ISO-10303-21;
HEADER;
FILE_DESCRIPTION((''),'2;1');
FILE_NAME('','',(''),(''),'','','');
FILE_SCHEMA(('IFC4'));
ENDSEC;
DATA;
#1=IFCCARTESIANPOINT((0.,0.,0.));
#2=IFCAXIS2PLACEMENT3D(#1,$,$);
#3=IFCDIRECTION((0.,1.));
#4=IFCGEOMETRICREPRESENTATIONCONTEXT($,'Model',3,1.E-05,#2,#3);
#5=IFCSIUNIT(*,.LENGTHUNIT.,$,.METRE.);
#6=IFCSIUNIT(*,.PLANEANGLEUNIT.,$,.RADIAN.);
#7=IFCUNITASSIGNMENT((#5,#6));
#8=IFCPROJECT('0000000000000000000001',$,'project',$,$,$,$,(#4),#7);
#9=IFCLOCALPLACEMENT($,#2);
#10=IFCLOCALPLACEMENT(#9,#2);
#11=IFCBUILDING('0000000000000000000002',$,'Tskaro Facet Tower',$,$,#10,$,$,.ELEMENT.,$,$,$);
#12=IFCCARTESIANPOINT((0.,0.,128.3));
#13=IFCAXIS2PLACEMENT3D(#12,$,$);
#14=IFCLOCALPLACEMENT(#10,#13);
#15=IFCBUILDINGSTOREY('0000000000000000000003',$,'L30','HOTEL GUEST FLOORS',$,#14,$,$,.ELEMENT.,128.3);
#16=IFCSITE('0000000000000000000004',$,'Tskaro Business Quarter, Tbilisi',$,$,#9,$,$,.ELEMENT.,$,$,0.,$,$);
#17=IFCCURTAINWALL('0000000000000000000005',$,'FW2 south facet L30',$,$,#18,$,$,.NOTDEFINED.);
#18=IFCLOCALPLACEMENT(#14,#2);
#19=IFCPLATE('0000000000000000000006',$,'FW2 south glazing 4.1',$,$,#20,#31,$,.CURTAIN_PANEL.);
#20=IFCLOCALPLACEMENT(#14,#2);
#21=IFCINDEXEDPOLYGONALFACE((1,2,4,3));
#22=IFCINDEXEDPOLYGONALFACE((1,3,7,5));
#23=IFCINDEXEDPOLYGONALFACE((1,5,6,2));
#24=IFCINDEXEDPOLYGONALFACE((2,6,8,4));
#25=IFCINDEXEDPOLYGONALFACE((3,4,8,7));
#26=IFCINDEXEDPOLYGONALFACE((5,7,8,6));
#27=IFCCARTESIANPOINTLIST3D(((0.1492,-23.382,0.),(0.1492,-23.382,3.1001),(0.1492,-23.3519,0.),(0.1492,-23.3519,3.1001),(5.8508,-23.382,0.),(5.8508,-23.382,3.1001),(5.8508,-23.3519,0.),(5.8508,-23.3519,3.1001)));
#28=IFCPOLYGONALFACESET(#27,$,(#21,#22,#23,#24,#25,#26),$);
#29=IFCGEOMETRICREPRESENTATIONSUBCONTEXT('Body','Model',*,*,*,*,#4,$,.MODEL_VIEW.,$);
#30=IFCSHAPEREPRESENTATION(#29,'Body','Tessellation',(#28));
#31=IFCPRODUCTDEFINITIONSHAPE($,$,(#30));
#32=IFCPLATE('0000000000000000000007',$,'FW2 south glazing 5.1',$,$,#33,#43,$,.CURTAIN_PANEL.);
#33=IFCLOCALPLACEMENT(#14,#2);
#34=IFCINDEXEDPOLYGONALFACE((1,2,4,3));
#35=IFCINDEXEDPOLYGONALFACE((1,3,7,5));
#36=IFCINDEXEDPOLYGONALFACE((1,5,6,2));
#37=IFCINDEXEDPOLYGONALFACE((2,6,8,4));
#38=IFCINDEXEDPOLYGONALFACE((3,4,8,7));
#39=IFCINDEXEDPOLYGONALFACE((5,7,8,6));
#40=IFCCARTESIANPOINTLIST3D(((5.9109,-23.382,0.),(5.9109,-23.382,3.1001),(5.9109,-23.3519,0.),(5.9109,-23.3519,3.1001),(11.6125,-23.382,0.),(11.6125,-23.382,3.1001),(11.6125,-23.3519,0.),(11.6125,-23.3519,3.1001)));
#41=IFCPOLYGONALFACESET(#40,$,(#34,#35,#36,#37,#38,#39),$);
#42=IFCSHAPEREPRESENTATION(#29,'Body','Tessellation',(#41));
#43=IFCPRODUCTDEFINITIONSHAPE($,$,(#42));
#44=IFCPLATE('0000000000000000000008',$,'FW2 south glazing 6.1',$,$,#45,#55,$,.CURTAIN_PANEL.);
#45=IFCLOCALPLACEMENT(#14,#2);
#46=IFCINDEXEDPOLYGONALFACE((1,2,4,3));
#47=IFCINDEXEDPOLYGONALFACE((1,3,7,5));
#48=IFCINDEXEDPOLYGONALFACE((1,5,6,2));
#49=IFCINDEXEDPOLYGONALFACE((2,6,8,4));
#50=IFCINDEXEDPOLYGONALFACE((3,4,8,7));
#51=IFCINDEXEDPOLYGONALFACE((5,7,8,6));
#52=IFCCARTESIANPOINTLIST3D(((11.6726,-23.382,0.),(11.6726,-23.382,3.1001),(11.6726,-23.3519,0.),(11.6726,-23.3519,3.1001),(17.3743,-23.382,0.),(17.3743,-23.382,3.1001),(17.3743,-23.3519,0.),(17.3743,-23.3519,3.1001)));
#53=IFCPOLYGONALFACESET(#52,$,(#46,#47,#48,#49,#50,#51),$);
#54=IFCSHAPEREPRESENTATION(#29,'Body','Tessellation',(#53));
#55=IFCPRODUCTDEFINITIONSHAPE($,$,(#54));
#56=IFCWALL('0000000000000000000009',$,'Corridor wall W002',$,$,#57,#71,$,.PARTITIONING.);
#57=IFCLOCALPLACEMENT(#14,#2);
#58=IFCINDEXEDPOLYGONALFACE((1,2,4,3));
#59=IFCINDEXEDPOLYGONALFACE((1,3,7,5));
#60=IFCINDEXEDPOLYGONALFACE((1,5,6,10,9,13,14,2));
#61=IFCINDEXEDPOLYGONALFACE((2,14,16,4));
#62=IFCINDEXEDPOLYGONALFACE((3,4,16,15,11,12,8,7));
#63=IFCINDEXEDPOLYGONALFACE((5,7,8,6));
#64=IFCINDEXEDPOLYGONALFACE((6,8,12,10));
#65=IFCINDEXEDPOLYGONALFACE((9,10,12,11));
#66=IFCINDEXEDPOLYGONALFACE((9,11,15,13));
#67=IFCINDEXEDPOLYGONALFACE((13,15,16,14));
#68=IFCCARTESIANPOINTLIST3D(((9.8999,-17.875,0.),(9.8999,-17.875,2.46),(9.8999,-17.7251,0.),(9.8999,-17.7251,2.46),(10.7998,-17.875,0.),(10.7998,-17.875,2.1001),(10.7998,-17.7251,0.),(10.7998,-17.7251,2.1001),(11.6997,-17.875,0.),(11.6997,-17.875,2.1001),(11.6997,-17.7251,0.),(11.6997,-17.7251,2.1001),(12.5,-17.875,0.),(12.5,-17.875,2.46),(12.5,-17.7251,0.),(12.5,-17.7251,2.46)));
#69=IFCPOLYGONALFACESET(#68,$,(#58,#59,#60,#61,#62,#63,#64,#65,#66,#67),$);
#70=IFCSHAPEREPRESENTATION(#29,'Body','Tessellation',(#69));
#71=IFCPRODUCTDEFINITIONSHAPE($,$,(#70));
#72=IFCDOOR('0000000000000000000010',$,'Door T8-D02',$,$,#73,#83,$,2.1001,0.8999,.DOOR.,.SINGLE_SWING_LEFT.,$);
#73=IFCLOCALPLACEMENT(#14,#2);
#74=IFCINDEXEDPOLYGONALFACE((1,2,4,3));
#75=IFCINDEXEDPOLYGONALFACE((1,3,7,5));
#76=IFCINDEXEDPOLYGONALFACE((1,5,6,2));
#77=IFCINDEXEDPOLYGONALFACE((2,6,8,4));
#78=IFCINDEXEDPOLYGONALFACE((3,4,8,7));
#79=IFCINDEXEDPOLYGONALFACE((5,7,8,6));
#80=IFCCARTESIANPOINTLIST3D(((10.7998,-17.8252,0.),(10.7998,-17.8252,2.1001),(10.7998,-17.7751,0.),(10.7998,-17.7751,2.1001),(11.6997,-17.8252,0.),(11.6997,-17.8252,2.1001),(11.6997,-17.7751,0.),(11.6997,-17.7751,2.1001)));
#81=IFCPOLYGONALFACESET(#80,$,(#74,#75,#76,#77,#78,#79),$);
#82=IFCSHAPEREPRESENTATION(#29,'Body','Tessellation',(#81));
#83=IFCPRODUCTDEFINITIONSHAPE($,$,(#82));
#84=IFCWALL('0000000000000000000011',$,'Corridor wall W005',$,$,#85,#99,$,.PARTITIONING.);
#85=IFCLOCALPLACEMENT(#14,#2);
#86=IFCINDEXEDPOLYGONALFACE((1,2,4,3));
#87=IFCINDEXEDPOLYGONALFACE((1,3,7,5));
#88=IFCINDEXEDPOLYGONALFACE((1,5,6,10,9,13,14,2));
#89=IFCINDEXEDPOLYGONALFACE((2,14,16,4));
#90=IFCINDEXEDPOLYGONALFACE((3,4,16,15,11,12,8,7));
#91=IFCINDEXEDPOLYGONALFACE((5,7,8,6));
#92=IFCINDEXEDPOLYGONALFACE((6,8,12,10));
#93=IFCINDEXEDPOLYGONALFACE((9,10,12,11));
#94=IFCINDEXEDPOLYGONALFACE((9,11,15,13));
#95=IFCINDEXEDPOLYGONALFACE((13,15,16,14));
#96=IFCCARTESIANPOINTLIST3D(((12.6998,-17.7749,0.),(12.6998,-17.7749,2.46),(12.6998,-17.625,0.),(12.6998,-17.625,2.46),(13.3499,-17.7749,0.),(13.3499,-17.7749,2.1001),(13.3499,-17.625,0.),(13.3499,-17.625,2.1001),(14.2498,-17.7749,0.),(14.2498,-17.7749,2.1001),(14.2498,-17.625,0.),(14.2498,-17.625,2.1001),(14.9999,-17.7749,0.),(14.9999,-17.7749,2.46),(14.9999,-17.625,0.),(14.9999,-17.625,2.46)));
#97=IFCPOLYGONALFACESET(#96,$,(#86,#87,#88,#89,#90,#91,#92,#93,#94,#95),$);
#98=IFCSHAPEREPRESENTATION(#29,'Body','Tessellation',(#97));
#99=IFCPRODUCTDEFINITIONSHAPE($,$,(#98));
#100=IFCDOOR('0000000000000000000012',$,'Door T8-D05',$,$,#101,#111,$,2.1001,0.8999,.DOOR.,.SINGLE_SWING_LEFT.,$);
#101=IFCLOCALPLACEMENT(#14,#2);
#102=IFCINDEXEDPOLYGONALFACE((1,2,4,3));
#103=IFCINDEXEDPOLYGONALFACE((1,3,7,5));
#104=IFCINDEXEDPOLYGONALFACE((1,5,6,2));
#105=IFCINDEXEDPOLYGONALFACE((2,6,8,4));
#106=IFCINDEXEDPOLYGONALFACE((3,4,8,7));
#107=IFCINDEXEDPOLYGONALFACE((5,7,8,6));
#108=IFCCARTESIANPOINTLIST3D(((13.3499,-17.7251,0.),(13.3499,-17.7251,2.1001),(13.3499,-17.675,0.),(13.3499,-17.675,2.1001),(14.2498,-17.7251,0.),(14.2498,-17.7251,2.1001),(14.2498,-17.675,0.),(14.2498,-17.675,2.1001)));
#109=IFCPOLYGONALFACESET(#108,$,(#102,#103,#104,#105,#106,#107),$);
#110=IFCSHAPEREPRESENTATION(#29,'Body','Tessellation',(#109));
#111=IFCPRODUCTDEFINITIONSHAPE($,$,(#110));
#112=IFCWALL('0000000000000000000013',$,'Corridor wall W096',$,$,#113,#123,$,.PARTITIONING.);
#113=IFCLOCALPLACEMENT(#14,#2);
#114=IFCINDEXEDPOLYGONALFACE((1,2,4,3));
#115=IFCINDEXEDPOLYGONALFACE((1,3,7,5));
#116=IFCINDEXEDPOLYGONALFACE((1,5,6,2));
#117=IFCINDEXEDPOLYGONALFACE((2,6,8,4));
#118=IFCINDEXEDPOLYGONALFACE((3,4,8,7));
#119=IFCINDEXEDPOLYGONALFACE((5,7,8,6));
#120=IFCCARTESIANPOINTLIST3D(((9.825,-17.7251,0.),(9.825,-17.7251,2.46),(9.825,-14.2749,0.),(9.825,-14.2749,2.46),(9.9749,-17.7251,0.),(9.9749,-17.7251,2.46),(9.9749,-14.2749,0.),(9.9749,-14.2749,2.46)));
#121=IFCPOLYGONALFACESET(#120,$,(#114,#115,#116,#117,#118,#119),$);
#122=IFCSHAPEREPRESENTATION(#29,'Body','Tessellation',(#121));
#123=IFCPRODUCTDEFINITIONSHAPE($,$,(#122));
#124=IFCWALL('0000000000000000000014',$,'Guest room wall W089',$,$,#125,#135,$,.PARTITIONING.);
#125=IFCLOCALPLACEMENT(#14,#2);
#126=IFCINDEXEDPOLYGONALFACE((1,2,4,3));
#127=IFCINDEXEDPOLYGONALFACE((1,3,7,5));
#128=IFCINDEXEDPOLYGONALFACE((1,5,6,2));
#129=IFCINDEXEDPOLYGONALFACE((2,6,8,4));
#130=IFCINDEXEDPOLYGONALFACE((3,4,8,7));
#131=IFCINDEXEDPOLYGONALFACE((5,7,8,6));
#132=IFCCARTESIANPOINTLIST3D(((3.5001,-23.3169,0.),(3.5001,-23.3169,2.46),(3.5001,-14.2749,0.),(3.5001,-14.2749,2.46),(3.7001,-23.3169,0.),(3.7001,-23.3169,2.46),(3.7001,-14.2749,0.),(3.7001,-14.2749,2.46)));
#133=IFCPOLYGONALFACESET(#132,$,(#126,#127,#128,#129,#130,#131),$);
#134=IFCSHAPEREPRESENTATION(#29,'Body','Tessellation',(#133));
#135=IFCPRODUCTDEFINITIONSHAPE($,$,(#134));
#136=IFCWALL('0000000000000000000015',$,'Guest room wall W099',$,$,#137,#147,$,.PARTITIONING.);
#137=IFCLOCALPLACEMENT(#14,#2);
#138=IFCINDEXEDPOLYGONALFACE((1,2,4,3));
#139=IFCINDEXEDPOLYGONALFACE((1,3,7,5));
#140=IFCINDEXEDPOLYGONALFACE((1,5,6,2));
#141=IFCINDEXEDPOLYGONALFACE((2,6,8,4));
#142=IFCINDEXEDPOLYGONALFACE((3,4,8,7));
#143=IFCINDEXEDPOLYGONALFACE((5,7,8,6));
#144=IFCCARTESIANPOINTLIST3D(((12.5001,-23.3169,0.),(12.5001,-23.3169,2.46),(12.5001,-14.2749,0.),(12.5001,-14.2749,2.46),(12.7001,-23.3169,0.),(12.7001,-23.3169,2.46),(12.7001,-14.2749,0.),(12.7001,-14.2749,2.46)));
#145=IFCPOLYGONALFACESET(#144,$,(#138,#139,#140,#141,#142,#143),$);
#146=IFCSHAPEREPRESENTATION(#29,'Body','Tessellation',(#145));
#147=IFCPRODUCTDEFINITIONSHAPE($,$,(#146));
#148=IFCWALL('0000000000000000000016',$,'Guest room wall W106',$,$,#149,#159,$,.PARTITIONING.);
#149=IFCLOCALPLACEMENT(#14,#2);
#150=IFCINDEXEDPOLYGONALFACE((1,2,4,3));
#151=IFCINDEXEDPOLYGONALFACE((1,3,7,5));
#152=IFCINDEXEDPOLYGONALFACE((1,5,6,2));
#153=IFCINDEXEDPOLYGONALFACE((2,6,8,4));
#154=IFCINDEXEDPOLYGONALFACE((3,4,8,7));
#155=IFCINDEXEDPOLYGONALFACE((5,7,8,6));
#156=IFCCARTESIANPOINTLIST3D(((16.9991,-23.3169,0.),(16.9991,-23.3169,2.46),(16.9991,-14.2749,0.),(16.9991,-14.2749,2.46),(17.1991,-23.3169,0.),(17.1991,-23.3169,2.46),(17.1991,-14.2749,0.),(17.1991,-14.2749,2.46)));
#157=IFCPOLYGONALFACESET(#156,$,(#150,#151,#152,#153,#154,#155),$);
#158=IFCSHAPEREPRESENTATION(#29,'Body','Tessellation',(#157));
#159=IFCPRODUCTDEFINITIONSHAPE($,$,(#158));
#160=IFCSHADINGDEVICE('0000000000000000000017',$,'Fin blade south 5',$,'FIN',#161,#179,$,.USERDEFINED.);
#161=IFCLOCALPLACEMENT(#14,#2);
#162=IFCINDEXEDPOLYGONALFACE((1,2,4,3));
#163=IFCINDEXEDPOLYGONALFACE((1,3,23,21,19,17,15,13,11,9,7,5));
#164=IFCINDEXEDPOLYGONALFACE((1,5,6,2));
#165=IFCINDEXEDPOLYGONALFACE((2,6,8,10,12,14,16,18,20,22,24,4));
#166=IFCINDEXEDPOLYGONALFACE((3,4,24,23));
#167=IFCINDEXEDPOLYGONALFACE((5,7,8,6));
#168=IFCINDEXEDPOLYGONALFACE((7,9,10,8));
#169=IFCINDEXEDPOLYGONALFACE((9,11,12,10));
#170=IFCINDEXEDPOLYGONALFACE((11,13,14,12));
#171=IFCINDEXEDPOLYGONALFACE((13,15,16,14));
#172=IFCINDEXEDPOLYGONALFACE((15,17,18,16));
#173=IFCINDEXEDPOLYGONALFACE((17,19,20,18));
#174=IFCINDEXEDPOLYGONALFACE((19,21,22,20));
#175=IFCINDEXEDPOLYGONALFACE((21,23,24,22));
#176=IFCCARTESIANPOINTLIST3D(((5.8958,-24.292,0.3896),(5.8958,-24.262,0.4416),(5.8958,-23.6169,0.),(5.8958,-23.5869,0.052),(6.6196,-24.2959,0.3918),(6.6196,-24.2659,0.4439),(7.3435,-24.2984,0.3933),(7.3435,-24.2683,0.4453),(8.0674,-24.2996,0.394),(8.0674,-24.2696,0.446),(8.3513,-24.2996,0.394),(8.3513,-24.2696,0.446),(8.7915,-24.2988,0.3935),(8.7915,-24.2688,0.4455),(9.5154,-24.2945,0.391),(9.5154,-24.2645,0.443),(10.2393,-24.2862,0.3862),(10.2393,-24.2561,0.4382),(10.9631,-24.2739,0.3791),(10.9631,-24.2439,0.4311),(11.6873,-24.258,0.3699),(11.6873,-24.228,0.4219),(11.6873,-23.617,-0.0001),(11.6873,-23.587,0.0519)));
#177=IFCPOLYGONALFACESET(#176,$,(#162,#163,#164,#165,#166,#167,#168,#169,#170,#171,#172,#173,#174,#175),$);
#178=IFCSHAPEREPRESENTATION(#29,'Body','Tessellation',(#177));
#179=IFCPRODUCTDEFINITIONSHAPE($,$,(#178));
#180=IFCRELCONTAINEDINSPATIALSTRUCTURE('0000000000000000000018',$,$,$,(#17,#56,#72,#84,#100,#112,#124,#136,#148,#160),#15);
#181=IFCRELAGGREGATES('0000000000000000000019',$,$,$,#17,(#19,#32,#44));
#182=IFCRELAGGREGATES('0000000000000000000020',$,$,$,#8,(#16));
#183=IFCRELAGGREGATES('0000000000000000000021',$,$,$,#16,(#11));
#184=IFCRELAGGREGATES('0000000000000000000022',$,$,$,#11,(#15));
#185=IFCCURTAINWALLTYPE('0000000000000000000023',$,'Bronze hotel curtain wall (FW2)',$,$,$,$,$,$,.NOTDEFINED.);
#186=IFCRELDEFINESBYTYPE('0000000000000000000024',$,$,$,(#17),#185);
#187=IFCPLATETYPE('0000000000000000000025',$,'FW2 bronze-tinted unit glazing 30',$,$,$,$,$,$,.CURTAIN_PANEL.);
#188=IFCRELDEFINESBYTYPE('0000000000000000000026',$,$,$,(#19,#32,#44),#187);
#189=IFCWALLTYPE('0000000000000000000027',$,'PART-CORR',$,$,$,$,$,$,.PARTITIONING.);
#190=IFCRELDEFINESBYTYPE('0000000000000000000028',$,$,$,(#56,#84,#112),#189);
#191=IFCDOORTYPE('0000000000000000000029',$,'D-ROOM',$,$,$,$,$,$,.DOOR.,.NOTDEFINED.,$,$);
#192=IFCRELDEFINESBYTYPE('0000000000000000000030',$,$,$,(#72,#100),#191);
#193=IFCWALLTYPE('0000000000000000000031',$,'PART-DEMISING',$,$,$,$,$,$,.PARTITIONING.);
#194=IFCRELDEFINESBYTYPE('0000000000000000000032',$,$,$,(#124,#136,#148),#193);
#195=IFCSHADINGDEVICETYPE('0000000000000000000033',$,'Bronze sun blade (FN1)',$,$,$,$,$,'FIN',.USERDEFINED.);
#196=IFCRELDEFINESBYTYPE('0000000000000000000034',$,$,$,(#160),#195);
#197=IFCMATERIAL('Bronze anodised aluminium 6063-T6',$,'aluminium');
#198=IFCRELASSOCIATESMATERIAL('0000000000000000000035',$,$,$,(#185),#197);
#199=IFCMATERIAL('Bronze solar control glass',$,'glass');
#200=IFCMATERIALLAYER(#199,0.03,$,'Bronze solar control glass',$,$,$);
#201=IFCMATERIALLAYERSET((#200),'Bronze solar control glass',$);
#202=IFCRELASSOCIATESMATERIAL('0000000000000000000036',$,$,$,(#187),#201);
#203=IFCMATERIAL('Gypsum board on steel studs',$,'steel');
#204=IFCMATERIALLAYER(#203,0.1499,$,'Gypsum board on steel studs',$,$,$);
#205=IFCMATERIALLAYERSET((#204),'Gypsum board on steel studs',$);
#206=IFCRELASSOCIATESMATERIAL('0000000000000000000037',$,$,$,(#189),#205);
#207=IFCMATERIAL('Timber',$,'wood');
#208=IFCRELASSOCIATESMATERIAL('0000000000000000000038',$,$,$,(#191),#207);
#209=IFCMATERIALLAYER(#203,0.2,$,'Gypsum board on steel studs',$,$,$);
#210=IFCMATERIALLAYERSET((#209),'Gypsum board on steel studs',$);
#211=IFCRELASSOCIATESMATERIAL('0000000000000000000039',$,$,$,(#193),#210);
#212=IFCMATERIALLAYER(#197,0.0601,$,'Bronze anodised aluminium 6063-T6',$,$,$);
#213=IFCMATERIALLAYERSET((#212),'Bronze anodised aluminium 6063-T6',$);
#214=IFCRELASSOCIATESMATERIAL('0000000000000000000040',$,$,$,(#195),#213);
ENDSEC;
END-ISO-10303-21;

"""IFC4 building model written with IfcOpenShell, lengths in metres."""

from ifc_helpers import new_model, si_unit, direction, frame, frame_2d, origin, origin_2d, place, context, subcontext, project, spatial, polyline, rectangle, outline, extrude, material, layer, layer_set, type_object, element, fill, aggregate, save


model = new_model("IFC4")

# Units and contexts
model_context = context("Model", 3, precision=1e-05, world=origin(), true_north=direction((0.0, 1.0)))
body_context = subcontext(model_context, "Body", "Model", "MODEL_VIEW")
ifc_project = project(units=[si_unit("LENGTHUNIT", "METRE"), si_unit("PLANEANGLEUNIT", "RADIAN")], contexts=[model_context])

# Site, building, storey
site_placement = place(None, origin())
site = spatial("IfcSite", under=ifc_project, at=site_placement, Name="Tskaro Business Quarter, Tbilisi", CompositionType="ELEMENT", RefElevation=0.0)
building_placement = place(site_placement, origin())
building = spatial("IfcBuilding", under=site, at=building_placement, Name="Tskaro Facet Tower", CompositionType="ELEMENT")
storey_placement = place(building_placement, frame((0.0, 0.0, 128.3)))
storey = spatial("IfcBuildingStorey", under=building, at=storey_placement, Name="L30", Description="HOTEL GUEST FLOORS", CompositionType="ELEMENT", Elevation=128.3)

# Curtain wall
ifc_material_1 = material(Name="Bronze anodised aluminium 6063-T6", Category="aluminium")
curtain_wall_type = type_object("IfcCurtainWallType", Name="Bronze hotel curtain wall (FW2)", PredefinedType="NOTDEFINED", material=ifc_material_1)
curtain_wall_placement = place(storey_placement, origin())
curtain_wall = element("IfcCurtainWall", 1, at=curtain_wall_placement, inside=storey, type_object=curtain_wall_type, Name="FW2 south facet L30", PredefinedType="NOTDEFINED")

# Plates
ifc_material_2 = material(Name="Bronze solar control glass", Category="glass")
ifc_layer_1 = layer(ifc_material_2, 0.03, Name="Bronze solar control glass")
ifc_layer_set_1 = layer_set([ifc_layer_1], Name="Bronze solar control glass")
plate_type = type_object("IfcPlateType", Name="FW2 bronze-tinted unit glazing 30", PredefinedType="CURTAIN_PANEL", material=ifc_layer_set_1)
plate_1_placement = place(storey_placement, frame((3.0, -23.3669, 0.0), z_axis=(0.0, 0.0, 1.0), x_axis=(1.0, 0.0, 0.0)))
plate_1 = element("IfcPlate", 2, at=plate_1_placement, type_object=plate_type, Name="FW2 south glazing 4.1", PredefinedType="CURTAIN_PANEL", context=body_context, shape_type="SweptSolid", body=[
    extrude(rectangle(XDim=5.7017, YDim=0.03, at=origin_2d()), origin(), (0.0, 0.0, 1.0), 3.1001),
])
plate_2_placement = place(storey_placement, frame((8.7617, -23.3669, 0.0), z_axis=(0.0, 0.0, 1.0), x_axis=(1.0, 0.0, 0.0)))
plate_2 = element("IfcPlate", 3, at=plate_2_placement, type_object=plate_type, Name="FW2 south glazing 5.1", PredefinedType="CURTAIN_PANEL", context=body_context, shape_type="SweptSolid", body=[
    extrude(rectangle(XDim=5.7017, YDim=0.03, at=origin_2d()), origin(), (0.0, 0.0, 1.0), 3.1001),
])
plate_3_placement = place(storey_placement, frame((14.5234, -23.3669, 0.0), z_axis=(0.0, 0.0, 1.0), x_axis=(1.0, 0.0, 0.0)))
plate_3 = element("IfcPlate", 4, at=plate_3_placement, type_object=plate_type, Name="FW2 south glazing 6.1", PredefinedType="CURTAIN_PANEL", context=body_context, shape_type="SweptSolid", body=[
    extrude(rectangle(XDim=5.7017, YDim=0.03, at=origin_2d()), origin(), (0.0, 0.0, 1.0), 3.1001),
])
aggregate(curtain_wall, [plate_1, plate_2, plate_3])

# Walls, openings, doors
ifc_material_3 = material(Name="Gypsum board on steel studs", Category="steel")
ifc_layer_2 = layer(ifc_material_3, 0.1499, Name="Gypsum board on steel studs")
ifc_layer_set_2 = layer_set([ifc_layer_2], Name="Gypsum board on steel studs")
wall_type_1 = type_object("IfcWallType", Name="PART-CORR", PredefinedType="PARTITIONING", material=ifc_layer_set_2)
wall_1_placement = place(storey_placement, frame((9.8999, -17.8, 0.0), z_axis=(0.0, 0.0, 1.0), x_axis=(1.0, 0.0, 0.0)))
wall_1 = element("IfcWall", 5, at=wall_1_placement, inside=storey, type_object=wall_type_1, Name="Corridor wall W002", PredefinedType="PARTITIONING", context=body_context, shape_type="SweptSolid", body=[
    extrude(rectangle(XDim=2.6001, YDim=0.1499, at=frame_2d((1.3, 0.0))), origin(), (0.0, 0.0, 1.0), 2.46),
])
opening_1_placement = place(wall_1_placement, frame((0.8999, 0.0, 0.0)))
opening_1 = element("IfcOpeningElement", 6, at=opening_1_placement, cuts=wall_1, PredefinedType="OPENING", context=body_context, shape_type="SweptSolid", body=[
    extrude(rectangle(XDim=0.8999, YDim=2.1001, at=frame_2d((0.45, 1.05))), frame((0.0, 0.085, 0.0), z_axis=(0.0, -1.0, 0.0), x_axis=(1.0, 0.0, 0.0)), (0.0, 0.0, 1.0), 0.1699),
])
ifc_material_4 = material(Name="Timber", Category="wood")
door_type = type_object("IfcDoorType", Name="D-ROOM", OperationType="NOTDEFINED", PredefinedType="DOOR", material=ifc_material_4)
door_1_placement = place(opening_1_placement, origin())
door_1 = element("IfcDoor", 7, at=door_1_placement, inside=storey, type_object=door_type, Name="Door T8-D02", OperationType="SINGLE_SWING_LEFT", OverallHeight=2.1001, OverallWidth=0.8999, PredefinedType="DOOR", context=body_context, shape_type="SweptSolid", body=[
    extrude(rectangle(XDim=0.8999, YDim=2.1001, at=frame_2d((0.45, 1.05))), frame((0.0, 0.0249, 0.0), z_axis=(0.0, -1.0, 0.0), x_axis=(1.0, 0.0, 0.0)), (0.0, 0.0, 1.0), 0.05),
])
fill(opening_1, door_1)
wall_2_placement = place(storey_placement, frame((12.7, -17.7, 0.0), z_axis=(0.0, 0.0, 1.0), x_axis=(1.0, 0.0, 0.0)))
wall_2 = element("IfcWall", 8, at=wall_2_placement, inside=storey, type_object=wall_type_1, Name="Corridor wall W005", PredefinedType="PARTITIONING", context=body_context, shape_type="SweptSolid", body=[
    extrude(rectangle(XDim=2.3, YDim=0.1499, at=frame_2d((1.1499, 0.0))), origin(), (0.0, 0.0, 1.0), 2.46),
])
opening_2_placement = place(wall_2_placement, frame((0.6499, 0.0, 0.0)))
opening_2 = element("IfcOpeningElement", 9, at=opening_2_placement, cuts=wall_2, PredefinedType="OPENING", context=body_context, shape_type="SweptSolid", body=[
    extrude(rectangle(XDim=0.8999, YDim=2.1001, at=frame_2d((0.45, 1.05))), frame((0.0, 0.085, 0.0), z_axis=(0.0, -1.0, 0.0), x_axis=(1.0, 0.0, 0.0)), (0.0, 0.0, 1.0), 0.1699),
])
door_2_placement = place(opening_2_placement, origin())
door_2 = element("IfcDoor", 10, at=door_2_placement, inside=storey, type_object=door_type, Name="Door T8-D05", OperationType="SINGLE_SWING_LEFT", OverallHeight=2.1001, OverallWidth=0.8999, PredefinedType="DOOR", context=body_context, shape_type="SweptSolid", body=[
    extrude(rectangle(XDim=0.8999, YDim=2.1001, at=frame_2d((0.45, 1.05))), frame((0.0, 0.0249, 0.0), z_axis=(0.0, -1.0, 0.0), x_axis=(1.0, 0.0, 0.0)), (0.0, 0.0, 1.0), 0.05),
])
fill(opening_2, door_2)

# Walls
wall_3_placement = place(storey_placement, frame((9.8999, -17.7251, 0.0), z_axis=(0.0, 0.0, 1.0), x_axis=(0.0, 1.0, 0.0)))
element("IfcWall", 11, at=wall_3_placement, inside=storey, type_object=wall_type_1, Name="Corridor wall W096", PredefinedType="PARTITIONING", context=body_context, shape_type="SweptSolid", body=[
    extrude(rectangle(XDim=3.4502, YDim=0.1499, at=frame_2d((1.7251, 0.0))), origin(), (0.0, 0.0, 1.0), 2.46),
])
ifc_layer_3 = layer(ifc_material_3, 0.2, Name="Gypsum board on steel studs")
ifc_layer_set_3 = layer_set([ifc_layer_3], Name="Gypsum board on steel studs")
wall_type_2 = type_object("IfcWallType", Name="PART-DEMISING", PredefinedType="PARTITIONING", material=ifc_layer_set_3)
for number, where, z_axis, x_axis, name in (
    (12, (3.6001, -23.3169, 0.0), (0.0, 0.0, 1.0), (0.0, 1.0, 0.0), "Guest room wall W089"),
    (13, (12.6001, -23.3169, 0.0), (0.0, 0.0, 1.0), (0.0, 1.0, 0.0), "Guest room wall W099"),
    (14, (17.0991, -23.3169, 0.0), (0.0, 0.0, 1.0), (0.0, 1.0, 0.0), "Guest room wall W106"),
):
    element("IfcWall", number, at=place(storey_placement, frame(where, z_axis=z_axis, x_axis=x_axis)), inside=storey, type_object=wall_type_2, Name=name, PredefinedType="PARTITIONING", context=body_context, shape_type="SweptSolid", body=[
        extrude(rectangle(XDim=9.042, YDim=0.2, at=frame_2d((4.521, 0.0))), origin(), (0.0, 0.0, 1.0), 2.46),
    ])

# Shading device
ifc_layer_4 = layer(ifc_material_1, 0.0601, Name="Bronze anodised aluminium 6063-T6")
ifc_layer_set_4 = layer_set([ifc_layer_4], Name="Bronze anodised aluminium 6063-T6")
shading_device_type = type_object("IfcShadingDeviceType", Name="Bronze sun blade (FN1)", ElementType="FIN", PredefinedType="USERDEFINED", material=ifc_layer_set_4)
shading_device_1_placement = place(storey_placement, frame((5.8958, -23.5869, 0.052), z_axis=(0.000014, 0.499888, 0.86609), x_axis=(1.0, -0.000007, -0.000012)))
element("IfcShadingDevice", 15, at=shading_device_1_placement, inside=storey, type_object=shading_device_type, Name="Fin blade south 5", ObjectType="FIN", PredefinedType="USERDEFINED", context=body_context, shape_type="SweptSolid", body=[
    extrude(outline(polyline([(0.0, 0.0), (5.7915, 0.0), (5.7915, -0.7402), (5.0674, -0.7585), (4.3435, -0.7727), (3.6196, -0.7823), (2.8958, -0.7873), (2.4556, -0.7882), (2.1716, -0.7882), (1.4478, -0.7868), (0.7239, -0.7839), (0.0, -0.7794), (0.0, 0.0)])), origin(), (0.0, 0.0, -1.0), 0.0601),
])

save(model, "model.ifc")
